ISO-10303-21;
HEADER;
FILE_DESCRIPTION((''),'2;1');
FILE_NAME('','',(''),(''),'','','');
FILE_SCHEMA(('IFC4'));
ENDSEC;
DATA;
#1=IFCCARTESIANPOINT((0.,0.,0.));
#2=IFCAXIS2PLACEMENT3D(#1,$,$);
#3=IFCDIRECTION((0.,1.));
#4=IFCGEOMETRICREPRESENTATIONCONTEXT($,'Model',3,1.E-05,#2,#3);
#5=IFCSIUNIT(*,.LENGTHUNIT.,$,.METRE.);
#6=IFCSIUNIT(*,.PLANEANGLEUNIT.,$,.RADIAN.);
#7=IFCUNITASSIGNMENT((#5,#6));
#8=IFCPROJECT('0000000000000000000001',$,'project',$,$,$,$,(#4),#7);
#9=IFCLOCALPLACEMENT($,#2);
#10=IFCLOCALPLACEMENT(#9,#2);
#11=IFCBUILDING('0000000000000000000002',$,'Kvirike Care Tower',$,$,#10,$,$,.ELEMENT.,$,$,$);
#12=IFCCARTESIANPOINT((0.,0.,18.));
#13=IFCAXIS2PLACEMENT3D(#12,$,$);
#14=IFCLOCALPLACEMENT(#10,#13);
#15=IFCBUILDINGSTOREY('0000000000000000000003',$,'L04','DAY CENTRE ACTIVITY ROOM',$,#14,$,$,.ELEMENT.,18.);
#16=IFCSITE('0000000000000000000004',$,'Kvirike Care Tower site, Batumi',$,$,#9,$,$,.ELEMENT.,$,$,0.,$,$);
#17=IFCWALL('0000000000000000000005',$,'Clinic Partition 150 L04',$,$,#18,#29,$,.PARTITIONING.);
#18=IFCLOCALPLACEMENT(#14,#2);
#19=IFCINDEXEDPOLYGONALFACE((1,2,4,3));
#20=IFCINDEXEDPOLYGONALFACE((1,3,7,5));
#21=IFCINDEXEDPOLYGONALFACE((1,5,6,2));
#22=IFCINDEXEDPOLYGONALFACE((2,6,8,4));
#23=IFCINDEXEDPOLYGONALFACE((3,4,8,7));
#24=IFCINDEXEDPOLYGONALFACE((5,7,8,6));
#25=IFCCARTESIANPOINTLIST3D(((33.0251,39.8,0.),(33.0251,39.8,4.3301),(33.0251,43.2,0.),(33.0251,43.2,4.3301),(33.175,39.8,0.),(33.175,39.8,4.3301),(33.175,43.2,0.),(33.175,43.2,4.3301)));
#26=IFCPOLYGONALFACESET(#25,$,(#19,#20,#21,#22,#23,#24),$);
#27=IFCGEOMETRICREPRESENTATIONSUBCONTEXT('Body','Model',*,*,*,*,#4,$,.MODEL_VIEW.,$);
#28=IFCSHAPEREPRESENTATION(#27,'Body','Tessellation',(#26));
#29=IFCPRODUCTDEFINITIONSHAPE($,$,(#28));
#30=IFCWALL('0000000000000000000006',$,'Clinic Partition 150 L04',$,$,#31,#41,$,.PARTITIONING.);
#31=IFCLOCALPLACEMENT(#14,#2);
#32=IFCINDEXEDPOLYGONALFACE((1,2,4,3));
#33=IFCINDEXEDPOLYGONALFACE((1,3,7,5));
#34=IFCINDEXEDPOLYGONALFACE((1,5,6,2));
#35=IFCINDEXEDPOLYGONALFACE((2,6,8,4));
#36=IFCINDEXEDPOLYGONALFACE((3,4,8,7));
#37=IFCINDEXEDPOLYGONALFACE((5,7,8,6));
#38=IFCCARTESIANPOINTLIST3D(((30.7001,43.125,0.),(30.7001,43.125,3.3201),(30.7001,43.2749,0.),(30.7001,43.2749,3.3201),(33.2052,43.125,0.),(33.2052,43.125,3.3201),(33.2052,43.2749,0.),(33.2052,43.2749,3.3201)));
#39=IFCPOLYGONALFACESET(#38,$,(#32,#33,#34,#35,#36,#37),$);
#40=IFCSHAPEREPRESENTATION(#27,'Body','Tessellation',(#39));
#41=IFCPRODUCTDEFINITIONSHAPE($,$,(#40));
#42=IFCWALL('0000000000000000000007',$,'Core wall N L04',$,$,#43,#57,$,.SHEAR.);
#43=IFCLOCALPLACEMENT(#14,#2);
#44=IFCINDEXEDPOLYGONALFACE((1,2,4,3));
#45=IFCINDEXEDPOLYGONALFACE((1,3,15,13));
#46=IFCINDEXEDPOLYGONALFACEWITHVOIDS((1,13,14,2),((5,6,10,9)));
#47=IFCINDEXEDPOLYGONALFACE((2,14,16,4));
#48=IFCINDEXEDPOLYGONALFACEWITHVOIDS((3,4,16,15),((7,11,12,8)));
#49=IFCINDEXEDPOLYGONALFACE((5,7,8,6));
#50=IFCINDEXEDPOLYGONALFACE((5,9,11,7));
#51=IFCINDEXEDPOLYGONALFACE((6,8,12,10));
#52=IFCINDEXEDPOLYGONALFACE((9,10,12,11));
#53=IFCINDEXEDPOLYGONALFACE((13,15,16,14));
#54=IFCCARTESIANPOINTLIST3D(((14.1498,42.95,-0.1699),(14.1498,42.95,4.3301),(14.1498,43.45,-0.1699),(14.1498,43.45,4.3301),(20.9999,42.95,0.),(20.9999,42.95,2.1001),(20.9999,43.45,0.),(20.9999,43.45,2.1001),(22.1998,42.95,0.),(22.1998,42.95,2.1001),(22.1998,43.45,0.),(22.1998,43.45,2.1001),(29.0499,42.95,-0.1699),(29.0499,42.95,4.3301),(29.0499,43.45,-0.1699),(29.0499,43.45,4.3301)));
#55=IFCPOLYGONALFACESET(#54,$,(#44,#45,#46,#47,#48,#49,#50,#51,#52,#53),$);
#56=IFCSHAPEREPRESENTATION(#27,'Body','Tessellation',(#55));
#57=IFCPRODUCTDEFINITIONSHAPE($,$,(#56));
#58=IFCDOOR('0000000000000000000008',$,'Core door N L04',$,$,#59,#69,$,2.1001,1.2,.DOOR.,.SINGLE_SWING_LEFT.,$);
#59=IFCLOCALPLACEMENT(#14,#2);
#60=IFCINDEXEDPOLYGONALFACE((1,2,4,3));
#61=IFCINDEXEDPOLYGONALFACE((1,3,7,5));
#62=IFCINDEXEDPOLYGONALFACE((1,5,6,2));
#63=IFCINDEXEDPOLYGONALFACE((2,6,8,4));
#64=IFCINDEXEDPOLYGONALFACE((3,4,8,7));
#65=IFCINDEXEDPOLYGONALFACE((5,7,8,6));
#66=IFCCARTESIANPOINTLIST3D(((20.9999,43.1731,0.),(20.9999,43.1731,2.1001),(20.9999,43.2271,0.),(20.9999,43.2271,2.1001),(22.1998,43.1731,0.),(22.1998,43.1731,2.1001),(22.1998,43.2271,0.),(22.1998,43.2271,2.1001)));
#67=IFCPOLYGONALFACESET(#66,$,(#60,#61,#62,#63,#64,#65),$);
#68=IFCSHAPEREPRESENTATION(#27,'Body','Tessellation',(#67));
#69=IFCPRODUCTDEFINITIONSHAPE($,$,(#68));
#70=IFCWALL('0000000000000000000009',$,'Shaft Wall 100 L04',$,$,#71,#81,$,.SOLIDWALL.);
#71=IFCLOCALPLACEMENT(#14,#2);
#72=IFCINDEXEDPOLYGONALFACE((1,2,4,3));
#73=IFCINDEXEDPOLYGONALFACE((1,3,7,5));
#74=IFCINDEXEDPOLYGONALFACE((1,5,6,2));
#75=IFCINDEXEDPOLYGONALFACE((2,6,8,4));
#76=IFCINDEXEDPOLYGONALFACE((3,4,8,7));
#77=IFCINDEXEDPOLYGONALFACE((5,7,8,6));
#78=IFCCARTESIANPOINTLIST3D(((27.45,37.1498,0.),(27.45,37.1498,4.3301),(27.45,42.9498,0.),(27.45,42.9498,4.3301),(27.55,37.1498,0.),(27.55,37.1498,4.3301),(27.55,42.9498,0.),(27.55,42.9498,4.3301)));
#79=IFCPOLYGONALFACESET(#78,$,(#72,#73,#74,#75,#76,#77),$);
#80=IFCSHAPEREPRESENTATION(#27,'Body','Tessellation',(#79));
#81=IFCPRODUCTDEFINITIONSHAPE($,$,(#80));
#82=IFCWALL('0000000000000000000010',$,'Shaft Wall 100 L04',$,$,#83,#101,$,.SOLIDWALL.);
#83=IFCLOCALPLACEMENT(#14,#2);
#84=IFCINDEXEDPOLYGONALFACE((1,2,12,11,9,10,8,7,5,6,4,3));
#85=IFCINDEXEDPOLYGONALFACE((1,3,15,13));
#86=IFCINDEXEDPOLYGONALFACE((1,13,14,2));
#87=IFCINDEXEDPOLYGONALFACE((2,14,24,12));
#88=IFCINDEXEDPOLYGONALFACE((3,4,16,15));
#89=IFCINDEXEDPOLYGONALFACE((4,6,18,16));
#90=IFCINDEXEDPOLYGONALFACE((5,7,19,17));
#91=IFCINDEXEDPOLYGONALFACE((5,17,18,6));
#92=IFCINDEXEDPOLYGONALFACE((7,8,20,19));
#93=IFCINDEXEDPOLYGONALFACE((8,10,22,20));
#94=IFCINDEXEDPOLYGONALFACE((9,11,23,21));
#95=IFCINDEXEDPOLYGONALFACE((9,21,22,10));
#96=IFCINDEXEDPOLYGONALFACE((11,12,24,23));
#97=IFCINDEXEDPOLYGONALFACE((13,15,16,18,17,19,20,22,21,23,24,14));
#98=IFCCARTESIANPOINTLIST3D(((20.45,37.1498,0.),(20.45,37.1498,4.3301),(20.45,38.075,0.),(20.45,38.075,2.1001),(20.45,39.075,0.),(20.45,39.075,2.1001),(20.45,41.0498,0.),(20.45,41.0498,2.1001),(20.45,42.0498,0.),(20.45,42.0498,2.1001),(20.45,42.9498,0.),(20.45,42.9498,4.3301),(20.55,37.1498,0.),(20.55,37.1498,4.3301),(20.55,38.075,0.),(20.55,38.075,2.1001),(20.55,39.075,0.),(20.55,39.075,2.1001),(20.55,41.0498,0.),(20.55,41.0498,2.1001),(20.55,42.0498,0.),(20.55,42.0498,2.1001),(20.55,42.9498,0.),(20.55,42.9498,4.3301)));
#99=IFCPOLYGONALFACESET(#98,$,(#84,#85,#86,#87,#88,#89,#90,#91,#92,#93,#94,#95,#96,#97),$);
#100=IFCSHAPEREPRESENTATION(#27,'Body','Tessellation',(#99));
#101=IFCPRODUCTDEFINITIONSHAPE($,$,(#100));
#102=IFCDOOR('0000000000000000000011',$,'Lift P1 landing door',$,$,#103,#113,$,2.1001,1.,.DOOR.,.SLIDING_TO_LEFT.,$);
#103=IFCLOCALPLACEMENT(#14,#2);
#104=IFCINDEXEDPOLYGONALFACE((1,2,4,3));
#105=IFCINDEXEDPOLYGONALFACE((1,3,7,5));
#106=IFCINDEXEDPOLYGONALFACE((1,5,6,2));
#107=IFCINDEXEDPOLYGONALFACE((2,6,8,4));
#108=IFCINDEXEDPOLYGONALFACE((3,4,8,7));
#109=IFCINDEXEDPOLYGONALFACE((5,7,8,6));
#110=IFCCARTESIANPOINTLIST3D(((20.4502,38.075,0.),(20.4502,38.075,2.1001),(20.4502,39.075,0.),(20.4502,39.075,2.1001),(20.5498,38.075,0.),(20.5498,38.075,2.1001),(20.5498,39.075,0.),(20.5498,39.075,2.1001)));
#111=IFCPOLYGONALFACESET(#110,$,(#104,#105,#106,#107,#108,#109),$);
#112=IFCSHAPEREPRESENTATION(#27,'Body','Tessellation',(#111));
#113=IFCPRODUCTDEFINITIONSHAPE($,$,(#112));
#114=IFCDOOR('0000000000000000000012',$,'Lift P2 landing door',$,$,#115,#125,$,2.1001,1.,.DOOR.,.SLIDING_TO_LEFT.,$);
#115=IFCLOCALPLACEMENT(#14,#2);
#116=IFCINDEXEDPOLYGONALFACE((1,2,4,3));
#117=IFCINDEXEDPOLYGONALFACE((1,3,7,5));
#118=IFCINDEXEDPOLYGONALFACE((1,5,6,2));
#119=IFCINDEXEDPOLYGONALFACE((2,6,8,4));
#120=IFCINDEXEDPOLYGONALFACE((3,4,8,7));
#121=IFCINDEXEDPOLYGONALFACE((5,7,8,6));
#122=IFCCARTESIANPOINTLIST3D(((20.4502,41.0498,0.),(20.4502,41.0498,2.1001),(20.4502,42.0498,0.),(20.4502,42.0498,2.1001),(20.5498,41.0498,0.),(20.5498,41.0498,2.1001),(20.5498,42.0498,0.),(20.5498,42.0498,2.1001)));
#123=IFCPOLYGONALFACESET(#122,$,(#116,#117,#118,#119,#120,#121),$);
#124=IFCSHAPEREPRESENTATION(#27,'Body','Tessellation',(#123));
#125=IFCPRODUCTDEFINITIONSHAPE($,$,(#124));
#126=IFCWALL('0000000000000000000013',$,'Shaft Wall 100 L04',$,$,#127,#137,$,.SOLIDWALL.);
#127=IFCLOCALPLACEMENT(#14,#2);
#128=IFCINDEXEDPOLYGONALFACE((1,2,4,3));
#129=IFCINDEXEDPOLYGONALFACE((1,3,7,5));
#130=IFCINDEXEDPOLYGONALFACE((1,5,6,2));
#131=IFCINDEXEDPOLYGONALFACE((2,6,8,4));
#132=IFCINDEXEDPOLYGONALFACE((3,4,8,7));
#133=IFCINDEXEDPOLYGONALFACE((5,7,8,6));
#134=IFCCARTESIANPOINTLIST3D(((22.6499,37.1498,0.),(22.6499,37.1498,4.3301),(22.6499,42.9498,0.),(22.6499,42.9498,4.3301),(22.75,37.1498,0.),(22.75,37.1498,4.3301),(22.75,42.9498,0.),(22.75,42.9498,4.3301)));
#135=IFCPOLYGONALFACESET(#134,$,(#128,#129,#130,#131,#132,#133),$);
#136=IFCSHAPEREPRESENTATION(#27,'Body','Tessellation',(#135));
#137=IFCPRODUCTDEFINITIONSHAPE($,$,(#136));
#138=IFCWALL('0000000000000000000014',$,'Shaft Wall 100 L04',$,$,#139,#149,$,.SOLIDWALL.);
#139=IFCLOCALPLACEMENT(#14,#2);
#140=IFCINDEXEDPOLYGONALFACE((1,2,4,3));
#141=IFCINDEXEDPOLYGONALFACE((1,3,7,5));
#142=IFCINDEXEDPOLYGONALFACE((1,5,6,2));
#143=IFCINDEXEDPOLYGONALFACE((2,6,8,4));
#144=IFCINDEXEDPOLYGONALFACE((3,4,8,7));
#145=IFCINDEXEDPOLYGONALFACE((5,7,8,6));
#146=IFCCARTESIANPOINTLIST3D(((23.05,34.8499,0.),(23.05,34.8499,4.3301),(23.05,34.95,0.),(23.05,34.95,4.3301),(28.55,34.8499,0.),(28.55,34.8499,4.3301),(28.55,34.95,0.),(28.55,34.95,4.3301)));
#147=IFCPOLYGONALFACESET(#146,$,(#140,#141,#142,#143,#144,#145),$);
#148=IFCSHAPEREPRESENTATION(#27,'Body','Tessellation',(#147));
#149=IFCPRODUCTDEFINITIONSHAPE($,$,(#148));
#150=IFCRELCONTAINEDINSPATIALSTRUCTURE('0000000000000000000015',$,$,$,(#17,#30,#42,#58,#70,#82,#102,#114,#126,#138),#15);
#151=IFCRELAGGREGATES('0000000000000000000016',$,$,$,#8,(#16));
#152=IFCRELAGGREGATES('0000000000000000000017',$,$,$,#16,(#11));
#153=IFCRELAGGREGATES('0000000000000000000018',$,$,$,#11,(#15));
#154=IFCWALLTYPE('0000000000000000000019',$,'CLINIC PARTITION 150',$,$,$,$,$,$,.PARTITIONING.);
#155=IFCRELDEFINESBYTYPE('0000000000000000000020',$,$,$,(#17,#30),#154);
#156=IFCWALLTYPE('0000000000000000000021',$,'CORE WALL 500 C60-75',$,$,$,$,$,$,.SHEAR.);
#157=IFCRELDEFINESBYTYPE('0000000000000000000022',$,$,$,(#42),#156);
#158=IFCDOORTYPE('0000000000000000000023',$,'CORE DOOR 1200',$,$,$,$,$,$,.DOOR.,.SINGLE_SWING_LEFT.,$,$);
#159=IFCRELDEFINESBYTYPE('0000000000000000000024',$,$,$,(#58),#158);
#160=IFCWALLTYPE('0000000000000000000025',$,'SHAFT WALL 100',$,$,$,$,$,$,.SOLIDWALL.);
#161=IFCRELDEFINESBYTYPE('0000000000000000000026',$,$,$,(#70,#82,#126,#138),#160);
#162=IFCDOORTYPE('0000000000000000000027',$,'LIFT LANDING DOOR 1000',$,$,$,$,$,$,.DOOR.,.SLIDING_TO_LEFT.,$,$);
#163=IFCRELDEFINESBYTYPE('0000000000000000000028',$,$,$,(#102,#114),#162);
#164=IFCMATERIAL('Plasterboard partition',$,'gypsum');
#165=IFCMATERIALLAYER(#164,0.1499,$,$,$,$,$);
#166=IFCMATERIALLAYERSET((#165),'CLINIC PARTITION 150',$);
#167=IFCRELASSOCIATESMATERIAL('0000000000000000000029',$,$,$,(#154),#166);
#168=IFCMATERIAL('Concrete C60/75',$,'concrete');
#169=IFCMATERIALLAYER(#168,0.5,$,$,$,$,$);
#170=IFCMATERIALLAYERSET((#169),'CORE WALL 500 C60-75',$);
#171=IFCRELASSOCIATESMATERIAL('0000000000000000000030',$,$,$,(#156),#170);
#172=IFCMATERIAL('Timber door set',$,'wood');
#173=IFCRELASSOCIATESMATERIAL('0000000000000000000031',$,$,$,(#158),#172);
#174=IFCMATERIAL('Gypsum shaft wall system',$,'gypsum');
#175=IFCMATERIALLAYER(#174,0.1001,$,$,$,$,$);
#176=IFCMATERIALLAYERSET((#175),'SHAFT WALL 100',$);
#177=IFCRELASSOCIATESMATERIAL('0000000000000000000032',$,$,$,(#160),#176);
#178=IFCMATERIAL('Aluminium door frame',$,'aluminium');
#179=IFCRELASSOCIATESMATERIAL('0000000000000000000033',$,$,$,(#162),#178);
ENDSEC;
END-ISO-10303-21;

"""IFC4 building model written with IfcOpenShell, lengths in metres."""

from ifc_helpers import new_model, si_unit, direction, frame, frame_2d, origin, place, context, subcontext, project, spatial, rectangle, extrude, material, layer, layer_set, type_object, element, fill, save


model = new_model("IFC4")

# Units and contexts
model_context = context("Model", 3, precision=1e-05, world=origin(), true_north=direction((0.0, 1.0)))
body_context = subcontext(model_context, "Body", "Model", "MODEL_VIEW")
ifc_project = project(units=[si_unit("LENGTHUNIT", "METRE"), si_unit("PLANEANGLEUNIT", "RADIAN")], contexts=[model_context])

# Site, building, storey
site_placement = place(None, origin())
site = spatial("IfcSite", under=ifc_project, at=site_placement, Name="Kvirike Care Tower site, Batumi", CompositionType="ELEMENT", RefElevation=0.0)
building_placement = place(site_placement, origin())
building = spatial("IfcBuilding", under=site, at=building_placement, Name="Kvirike Care Tower", CompositionType="ELEMENT")
storey_placement = place(building_placement, frame((0.0, 0.0, 18.0)))
storey = spatial("IfcBuildingStorey", under=building, at=storey_placement, Name="L04", Description="DAY CENTRE ACTIVITY ROOM", CompositionType="ELEMENT", Elevation=18.0)

# Walls
ifc_material_1 = material(Name="Plasterboard partition", Category="gypsum")
ifc_layer_1 = layer(ifc_material_1, 0.1499)
ifc_layer_set_1 = layer_set([ifc_layer_1], Name="CLINIC PARTITION 150")
wall_type_1 = type_object("IfcWallType", Name="CLINIC PARTITION 150", PredefinedType="PARTITIONING", material=ifc_layer_set_1)
wall_1_placement = place(storey_placement, frame((33.1001, 39.8, 0.0), z_axis=(0.0, 0.0, 1.0), x_axis=(0.0, 1.0, 0.0)))
element("IfcWall", 1, at=wall_1_placement, inside=storey, type_object=wall_type_1, Name="Clinic Partition 150 L04", PredefinedType="PARTITIONING", context=body_context, shape_type="SweptSolid", body=[
    extrude(rectangle(XDim=3.3999, YDim=0.1499, at=frame_2d((1.7, 0.0))), origin(), (0.0, 0.0, 1.0), 4.3301),
])
wall_2_placement = place(storey_placement, frame((33.2051, 43.2, 0.0), z_axis=(0.0, 0.0, 1.0), x_axis=(-1.0, 0.0, 0.0)))
element("IfcWall", 2, at=wall_2_placement, inside=storey, type_object=wall_type_1, Name="Clinic Partition 150 L04", PredefinedType="PARTITIONING", context=body_context, shape_type="SweptSolid", body=[
    extrude(rectangle(XDim=2.5051, YDim=0.1499, at=frame_2d((1.2524, 0.0))), origin(), (0.0, 0.0, 1.0), 3.3201),
])

# Wall, opening, door
ifc_material_2 = material(Name="Concrete C60/75", Category="concrete")
ifc_layer_2 = layer(ifc_material_2, 0.5)
ifc_layer_set_2 = layer_set([ifc_layer_2], Name="CORE WALL 500 C60-75")
wall_type_2 = type_object("IfcWallType", Name="CORE WALL 500 C60-75", PredefinedType="SHEAR", material=ifc_layer_set_2)
wall_3_placement = place(storey_placement, frame((29.05, 43.2, -0.1699), z_axis=(0.0, 0.0, 1.0), x_axis=(-1.0, 0.0, 0.0)))
wall_3 = element("IfcWall", 3, at=wall_3_placement, inside=storey, type_object=wall_type_2, Name="Core wall N L04", PredefinedType="SHEAR", context=body_context, shape_type="SweptSolid", body=[
    extrude(rectangle(XDim=14.9001, YDim=0.5, at=frame_2d((7.4502, 0.0))), origin(), (0.0, 0.0, 1.0), 4.5),
])
opening_1_placement = place(wall_3_placement, frame((6.8501, 0.0, 0.1699)))
opening_1 = element("IfcOpeningElement", 4, at=opening_1_placement, cuts=wall_3, PredefinedType="OPENING", context=body_context, shape_type="SweptSolid", body=[
    extrude(rectangle(XDim=1.2, YDim=2.1001, at=frame_2d((0.6001, 1.05))), frame((0.0, 0.2605, 0.0), z_axis=(0.0, -1.0, 0.0), x_axis=(1.0, 0.0, 0.0)), (0.0, 0.0, 1.0), 0.521),
])
ifc_material_3 = material(Name="Timber door set", Category="wood")
door_type_1 = type_object("IfcDoorType", Name="CORE DOOR 1200", OperationType="SINGLE_SWING_LEFT", PredefinedType="DOOR", material=ifc_material_3)
door_1_placement = place(opening_1_placement, origin())
door_1 = element("IfcDoor", 5, at=door_1_placement, inside=storey, type_object=door_type_1, Name="Core door N L04", OperationType="SINGLE_SWING_LEFT", OverallHeight=2.1001, OverallWidth=1.2, PredefinedType="DOOR", context=body_context, shape_type="SweptSolid", body=[
    extrude(rectangle(XDim=1.2, YDim=2.1001, at=frame_2d((0.6001, 1.05))), frame((0.0, 0.0269, 0.0), z_axis=(0.0, -1.0, 0.0), x_axis=(1.0, 0.0, 0.0)), (0.0, 0.0, 1.0), 0.054),
])
fill(opening_1, door_1)

# Wall
ifc_material_4 = material(Name="Gypsum shaft wall system", Category="gypsum")
ifc_layer_3 = layer(ifc_material_4, 0.1001)
ifc_layer_set_3 = layer_set([ifc_layer_3], Name="SHAFT WALL 100")
wall_type_3 = type_object("IfcWallType", Name="SHAFT WALL 100", PredefinedType="SOLIDWALL", material=ifc_layer_set_3)
wall_4_placement = place(storey_placement, frame((27.5, 37.1499, 0.0), z_axis=(0.0, 0.0, 1.0), x_axis=(0.0, 1.0, 0.0)))
element("IfcWall", 6, at=wall_4_placement, inside=storey, type_object=wall_type_3, Name="Shaft Wall 100 L04", PredefinedType="SOLIDWALL", context=body_context, shape_type="SweptSolid", body=[
    extrude(rectangle(XDim=5.8, YDim=0.1001, at=frame_2d((2.8999, 0.0))), origin(), (0.0, 0.0, 1.0), 4.3301),
])

# Wall, openings, doors
wall_5_placement = place(storey_placement, frame((20.5, 37.1499, 0.0), z_axis=(0.0, 0.0, 1.0), x_axis=(0.0, 1.0, 0.0)))
wall_5 = element("IfcWall", 7, at=wall_5_placement, inside=storey, type_object=wall_type_3, Name="Shaft Wall 100 L04", PredefinedType="SOLIDWALL", context=body_context, shape_type="SweptSolid", body=[
    extrude(rectangle(XDim=5.8, YDim=0.1001, at=frame_2d((2.8999, 0.0))), origin(), (0.0, 0.0, 1.0), 4.3301),
])
opening_2_placement = place(wall_5_placement, frame((0.925, 0.0, 0.0)))
opening_2 = element("IfcOpeningElement", 8, at=opening_2_placement, cuts=wall_5, PredefinedType="OPENING", context=body_context, shape_type="SweptSolid", body=[
    extrude(rectangle(XDim=1.0, YDim=2.1001, at=frame_2d((0.5, 1.05))), frame((0.0, 0.0605, 0.0), z_axis=(0.0, -1.0, 0.0), x_axis=(1.0, 0.0, 0.0)), (0.0, 0.0, 1.0), 0.1211),
])
opening_3_placement = place(wall_5_placement, frame((3.8999, 0.0, 0.0)))
opening_3 = element("IfcOpeningElement", 9, at=opening_3_placement, cuts=wall_5, PredefinedType="OPENING", context=body_context, shape_type="SweptSolid", body=[
    extrude(rectangle(XDim=1.0, YDim=2.1001, at=frame_2d((0.5, 1.05))), frame((0.0, 0.0605, 0.0), z_axis=(0.0, -1.0, 0.0), x_axis=(1.0, 0.0, 0.0)), (0.0, 0.0, 1.0), 0.1211),
])
ifc_material_5 = material(Name="Aluminium door frame", Category="aluminium")
door_type_2 = type_object("IfcDoorType", Name="LIFT LANDING DOOR 1000", OperationType="SLIDING_TO_LEFT", PredefinedType="DOOR", material=ifc_material_5)
door_2_placement = place(opening_2_placement, origin())
door_2 = element("IfcDoor", 10, at=door_2_placement, inside=storey, type_object=door_type_2, Name="Lift P1 landing door", OperationType="SLIDING_TO_LEFT", OverallHeight=2.1001, OverallWidth=1.0, PredefinedType="DOOR", context=body_context, shape_type="SweptSolid", body=[
    extrude(rectangle(XDim=1.0, YDim=2.1001, at=frame_2d((0.5, 1.05))), frame((0.0, 0.0498, 0.0), z_axis=(0.0, -1.0, 0.0), x_axis=(1.0, 0.0, 0.0)), (0.0, 0.0, 1.0), 0.0996),
])
fill(opening_2, door_2)
door_3_placement = place(opening_3_placement, origin())
door_3 = element("IfcDoor", 11, at=door_3_placement, inside=storey, type_object=door_type_2, Name="Lift P2 landing door", OperationType="SLIDING_TO_LEFT", OverallHeight=2.1001, OverallWidth=1.0, PredefinedType="DOOR", context=body_context, shape_type="SweptSolid", body=[
    extrude(rectangle(XDim=1.0, YDim=2.1001, at=frame_2d((0.5, 1.05))), frame((0.0, 0.0498, 0.0), z_axis=(0.0, -1.0, 0.0), x_axis=(1.0, 0.0, 0.0)), (0.0, 0.0, 1.0), 0.0996),
])
fill(opening_3, door_3)

# Walls
wall_6_placement = place(storey_placement, frame((22.7, 37.1499, 0.0), z_axis=(0.0, 0.0, 1.0), x_axis=(0.0, 1.0, 0.0)))
element("IfcWall", 12, at=wall_6_placement, inside=storey, type_object=wall_type_3, Name="Shaft Wall 100 L04", PredefinedType="SOLIDWALL", context=body_context, shape_type="SweptSolid", body=[
    extrude(rectangle(XDim=5.8, YDim=0.1001, at=frame_2d((2.8999, 0.0))), origin(), (0.0, 0.0, 1.0), 4.3301),
])
wall_7_placement = place(storey_placement, frame((23.05, 34.8999, 0.0), z_axis=(0.0, 0.0, 1.0), x_axis=(1.0, 0.0, 0.0)))
element("IfcWall", 13, at=wall_7_placement, inside=storey, type_object=wall_type_3, Name="Shaft Wall 100 L04", PredefinedType="SOLIDWALL", context=body_context, shape_type="SweptSolid", body=[
    extrude(rectangle(XDim=5.5, YDim=0.1001, at=frame_2d((2.75, 0.0))), origin(), (0.0, 0.0, 1.0), 4.3301),
])

save(model, "model.ifc")
